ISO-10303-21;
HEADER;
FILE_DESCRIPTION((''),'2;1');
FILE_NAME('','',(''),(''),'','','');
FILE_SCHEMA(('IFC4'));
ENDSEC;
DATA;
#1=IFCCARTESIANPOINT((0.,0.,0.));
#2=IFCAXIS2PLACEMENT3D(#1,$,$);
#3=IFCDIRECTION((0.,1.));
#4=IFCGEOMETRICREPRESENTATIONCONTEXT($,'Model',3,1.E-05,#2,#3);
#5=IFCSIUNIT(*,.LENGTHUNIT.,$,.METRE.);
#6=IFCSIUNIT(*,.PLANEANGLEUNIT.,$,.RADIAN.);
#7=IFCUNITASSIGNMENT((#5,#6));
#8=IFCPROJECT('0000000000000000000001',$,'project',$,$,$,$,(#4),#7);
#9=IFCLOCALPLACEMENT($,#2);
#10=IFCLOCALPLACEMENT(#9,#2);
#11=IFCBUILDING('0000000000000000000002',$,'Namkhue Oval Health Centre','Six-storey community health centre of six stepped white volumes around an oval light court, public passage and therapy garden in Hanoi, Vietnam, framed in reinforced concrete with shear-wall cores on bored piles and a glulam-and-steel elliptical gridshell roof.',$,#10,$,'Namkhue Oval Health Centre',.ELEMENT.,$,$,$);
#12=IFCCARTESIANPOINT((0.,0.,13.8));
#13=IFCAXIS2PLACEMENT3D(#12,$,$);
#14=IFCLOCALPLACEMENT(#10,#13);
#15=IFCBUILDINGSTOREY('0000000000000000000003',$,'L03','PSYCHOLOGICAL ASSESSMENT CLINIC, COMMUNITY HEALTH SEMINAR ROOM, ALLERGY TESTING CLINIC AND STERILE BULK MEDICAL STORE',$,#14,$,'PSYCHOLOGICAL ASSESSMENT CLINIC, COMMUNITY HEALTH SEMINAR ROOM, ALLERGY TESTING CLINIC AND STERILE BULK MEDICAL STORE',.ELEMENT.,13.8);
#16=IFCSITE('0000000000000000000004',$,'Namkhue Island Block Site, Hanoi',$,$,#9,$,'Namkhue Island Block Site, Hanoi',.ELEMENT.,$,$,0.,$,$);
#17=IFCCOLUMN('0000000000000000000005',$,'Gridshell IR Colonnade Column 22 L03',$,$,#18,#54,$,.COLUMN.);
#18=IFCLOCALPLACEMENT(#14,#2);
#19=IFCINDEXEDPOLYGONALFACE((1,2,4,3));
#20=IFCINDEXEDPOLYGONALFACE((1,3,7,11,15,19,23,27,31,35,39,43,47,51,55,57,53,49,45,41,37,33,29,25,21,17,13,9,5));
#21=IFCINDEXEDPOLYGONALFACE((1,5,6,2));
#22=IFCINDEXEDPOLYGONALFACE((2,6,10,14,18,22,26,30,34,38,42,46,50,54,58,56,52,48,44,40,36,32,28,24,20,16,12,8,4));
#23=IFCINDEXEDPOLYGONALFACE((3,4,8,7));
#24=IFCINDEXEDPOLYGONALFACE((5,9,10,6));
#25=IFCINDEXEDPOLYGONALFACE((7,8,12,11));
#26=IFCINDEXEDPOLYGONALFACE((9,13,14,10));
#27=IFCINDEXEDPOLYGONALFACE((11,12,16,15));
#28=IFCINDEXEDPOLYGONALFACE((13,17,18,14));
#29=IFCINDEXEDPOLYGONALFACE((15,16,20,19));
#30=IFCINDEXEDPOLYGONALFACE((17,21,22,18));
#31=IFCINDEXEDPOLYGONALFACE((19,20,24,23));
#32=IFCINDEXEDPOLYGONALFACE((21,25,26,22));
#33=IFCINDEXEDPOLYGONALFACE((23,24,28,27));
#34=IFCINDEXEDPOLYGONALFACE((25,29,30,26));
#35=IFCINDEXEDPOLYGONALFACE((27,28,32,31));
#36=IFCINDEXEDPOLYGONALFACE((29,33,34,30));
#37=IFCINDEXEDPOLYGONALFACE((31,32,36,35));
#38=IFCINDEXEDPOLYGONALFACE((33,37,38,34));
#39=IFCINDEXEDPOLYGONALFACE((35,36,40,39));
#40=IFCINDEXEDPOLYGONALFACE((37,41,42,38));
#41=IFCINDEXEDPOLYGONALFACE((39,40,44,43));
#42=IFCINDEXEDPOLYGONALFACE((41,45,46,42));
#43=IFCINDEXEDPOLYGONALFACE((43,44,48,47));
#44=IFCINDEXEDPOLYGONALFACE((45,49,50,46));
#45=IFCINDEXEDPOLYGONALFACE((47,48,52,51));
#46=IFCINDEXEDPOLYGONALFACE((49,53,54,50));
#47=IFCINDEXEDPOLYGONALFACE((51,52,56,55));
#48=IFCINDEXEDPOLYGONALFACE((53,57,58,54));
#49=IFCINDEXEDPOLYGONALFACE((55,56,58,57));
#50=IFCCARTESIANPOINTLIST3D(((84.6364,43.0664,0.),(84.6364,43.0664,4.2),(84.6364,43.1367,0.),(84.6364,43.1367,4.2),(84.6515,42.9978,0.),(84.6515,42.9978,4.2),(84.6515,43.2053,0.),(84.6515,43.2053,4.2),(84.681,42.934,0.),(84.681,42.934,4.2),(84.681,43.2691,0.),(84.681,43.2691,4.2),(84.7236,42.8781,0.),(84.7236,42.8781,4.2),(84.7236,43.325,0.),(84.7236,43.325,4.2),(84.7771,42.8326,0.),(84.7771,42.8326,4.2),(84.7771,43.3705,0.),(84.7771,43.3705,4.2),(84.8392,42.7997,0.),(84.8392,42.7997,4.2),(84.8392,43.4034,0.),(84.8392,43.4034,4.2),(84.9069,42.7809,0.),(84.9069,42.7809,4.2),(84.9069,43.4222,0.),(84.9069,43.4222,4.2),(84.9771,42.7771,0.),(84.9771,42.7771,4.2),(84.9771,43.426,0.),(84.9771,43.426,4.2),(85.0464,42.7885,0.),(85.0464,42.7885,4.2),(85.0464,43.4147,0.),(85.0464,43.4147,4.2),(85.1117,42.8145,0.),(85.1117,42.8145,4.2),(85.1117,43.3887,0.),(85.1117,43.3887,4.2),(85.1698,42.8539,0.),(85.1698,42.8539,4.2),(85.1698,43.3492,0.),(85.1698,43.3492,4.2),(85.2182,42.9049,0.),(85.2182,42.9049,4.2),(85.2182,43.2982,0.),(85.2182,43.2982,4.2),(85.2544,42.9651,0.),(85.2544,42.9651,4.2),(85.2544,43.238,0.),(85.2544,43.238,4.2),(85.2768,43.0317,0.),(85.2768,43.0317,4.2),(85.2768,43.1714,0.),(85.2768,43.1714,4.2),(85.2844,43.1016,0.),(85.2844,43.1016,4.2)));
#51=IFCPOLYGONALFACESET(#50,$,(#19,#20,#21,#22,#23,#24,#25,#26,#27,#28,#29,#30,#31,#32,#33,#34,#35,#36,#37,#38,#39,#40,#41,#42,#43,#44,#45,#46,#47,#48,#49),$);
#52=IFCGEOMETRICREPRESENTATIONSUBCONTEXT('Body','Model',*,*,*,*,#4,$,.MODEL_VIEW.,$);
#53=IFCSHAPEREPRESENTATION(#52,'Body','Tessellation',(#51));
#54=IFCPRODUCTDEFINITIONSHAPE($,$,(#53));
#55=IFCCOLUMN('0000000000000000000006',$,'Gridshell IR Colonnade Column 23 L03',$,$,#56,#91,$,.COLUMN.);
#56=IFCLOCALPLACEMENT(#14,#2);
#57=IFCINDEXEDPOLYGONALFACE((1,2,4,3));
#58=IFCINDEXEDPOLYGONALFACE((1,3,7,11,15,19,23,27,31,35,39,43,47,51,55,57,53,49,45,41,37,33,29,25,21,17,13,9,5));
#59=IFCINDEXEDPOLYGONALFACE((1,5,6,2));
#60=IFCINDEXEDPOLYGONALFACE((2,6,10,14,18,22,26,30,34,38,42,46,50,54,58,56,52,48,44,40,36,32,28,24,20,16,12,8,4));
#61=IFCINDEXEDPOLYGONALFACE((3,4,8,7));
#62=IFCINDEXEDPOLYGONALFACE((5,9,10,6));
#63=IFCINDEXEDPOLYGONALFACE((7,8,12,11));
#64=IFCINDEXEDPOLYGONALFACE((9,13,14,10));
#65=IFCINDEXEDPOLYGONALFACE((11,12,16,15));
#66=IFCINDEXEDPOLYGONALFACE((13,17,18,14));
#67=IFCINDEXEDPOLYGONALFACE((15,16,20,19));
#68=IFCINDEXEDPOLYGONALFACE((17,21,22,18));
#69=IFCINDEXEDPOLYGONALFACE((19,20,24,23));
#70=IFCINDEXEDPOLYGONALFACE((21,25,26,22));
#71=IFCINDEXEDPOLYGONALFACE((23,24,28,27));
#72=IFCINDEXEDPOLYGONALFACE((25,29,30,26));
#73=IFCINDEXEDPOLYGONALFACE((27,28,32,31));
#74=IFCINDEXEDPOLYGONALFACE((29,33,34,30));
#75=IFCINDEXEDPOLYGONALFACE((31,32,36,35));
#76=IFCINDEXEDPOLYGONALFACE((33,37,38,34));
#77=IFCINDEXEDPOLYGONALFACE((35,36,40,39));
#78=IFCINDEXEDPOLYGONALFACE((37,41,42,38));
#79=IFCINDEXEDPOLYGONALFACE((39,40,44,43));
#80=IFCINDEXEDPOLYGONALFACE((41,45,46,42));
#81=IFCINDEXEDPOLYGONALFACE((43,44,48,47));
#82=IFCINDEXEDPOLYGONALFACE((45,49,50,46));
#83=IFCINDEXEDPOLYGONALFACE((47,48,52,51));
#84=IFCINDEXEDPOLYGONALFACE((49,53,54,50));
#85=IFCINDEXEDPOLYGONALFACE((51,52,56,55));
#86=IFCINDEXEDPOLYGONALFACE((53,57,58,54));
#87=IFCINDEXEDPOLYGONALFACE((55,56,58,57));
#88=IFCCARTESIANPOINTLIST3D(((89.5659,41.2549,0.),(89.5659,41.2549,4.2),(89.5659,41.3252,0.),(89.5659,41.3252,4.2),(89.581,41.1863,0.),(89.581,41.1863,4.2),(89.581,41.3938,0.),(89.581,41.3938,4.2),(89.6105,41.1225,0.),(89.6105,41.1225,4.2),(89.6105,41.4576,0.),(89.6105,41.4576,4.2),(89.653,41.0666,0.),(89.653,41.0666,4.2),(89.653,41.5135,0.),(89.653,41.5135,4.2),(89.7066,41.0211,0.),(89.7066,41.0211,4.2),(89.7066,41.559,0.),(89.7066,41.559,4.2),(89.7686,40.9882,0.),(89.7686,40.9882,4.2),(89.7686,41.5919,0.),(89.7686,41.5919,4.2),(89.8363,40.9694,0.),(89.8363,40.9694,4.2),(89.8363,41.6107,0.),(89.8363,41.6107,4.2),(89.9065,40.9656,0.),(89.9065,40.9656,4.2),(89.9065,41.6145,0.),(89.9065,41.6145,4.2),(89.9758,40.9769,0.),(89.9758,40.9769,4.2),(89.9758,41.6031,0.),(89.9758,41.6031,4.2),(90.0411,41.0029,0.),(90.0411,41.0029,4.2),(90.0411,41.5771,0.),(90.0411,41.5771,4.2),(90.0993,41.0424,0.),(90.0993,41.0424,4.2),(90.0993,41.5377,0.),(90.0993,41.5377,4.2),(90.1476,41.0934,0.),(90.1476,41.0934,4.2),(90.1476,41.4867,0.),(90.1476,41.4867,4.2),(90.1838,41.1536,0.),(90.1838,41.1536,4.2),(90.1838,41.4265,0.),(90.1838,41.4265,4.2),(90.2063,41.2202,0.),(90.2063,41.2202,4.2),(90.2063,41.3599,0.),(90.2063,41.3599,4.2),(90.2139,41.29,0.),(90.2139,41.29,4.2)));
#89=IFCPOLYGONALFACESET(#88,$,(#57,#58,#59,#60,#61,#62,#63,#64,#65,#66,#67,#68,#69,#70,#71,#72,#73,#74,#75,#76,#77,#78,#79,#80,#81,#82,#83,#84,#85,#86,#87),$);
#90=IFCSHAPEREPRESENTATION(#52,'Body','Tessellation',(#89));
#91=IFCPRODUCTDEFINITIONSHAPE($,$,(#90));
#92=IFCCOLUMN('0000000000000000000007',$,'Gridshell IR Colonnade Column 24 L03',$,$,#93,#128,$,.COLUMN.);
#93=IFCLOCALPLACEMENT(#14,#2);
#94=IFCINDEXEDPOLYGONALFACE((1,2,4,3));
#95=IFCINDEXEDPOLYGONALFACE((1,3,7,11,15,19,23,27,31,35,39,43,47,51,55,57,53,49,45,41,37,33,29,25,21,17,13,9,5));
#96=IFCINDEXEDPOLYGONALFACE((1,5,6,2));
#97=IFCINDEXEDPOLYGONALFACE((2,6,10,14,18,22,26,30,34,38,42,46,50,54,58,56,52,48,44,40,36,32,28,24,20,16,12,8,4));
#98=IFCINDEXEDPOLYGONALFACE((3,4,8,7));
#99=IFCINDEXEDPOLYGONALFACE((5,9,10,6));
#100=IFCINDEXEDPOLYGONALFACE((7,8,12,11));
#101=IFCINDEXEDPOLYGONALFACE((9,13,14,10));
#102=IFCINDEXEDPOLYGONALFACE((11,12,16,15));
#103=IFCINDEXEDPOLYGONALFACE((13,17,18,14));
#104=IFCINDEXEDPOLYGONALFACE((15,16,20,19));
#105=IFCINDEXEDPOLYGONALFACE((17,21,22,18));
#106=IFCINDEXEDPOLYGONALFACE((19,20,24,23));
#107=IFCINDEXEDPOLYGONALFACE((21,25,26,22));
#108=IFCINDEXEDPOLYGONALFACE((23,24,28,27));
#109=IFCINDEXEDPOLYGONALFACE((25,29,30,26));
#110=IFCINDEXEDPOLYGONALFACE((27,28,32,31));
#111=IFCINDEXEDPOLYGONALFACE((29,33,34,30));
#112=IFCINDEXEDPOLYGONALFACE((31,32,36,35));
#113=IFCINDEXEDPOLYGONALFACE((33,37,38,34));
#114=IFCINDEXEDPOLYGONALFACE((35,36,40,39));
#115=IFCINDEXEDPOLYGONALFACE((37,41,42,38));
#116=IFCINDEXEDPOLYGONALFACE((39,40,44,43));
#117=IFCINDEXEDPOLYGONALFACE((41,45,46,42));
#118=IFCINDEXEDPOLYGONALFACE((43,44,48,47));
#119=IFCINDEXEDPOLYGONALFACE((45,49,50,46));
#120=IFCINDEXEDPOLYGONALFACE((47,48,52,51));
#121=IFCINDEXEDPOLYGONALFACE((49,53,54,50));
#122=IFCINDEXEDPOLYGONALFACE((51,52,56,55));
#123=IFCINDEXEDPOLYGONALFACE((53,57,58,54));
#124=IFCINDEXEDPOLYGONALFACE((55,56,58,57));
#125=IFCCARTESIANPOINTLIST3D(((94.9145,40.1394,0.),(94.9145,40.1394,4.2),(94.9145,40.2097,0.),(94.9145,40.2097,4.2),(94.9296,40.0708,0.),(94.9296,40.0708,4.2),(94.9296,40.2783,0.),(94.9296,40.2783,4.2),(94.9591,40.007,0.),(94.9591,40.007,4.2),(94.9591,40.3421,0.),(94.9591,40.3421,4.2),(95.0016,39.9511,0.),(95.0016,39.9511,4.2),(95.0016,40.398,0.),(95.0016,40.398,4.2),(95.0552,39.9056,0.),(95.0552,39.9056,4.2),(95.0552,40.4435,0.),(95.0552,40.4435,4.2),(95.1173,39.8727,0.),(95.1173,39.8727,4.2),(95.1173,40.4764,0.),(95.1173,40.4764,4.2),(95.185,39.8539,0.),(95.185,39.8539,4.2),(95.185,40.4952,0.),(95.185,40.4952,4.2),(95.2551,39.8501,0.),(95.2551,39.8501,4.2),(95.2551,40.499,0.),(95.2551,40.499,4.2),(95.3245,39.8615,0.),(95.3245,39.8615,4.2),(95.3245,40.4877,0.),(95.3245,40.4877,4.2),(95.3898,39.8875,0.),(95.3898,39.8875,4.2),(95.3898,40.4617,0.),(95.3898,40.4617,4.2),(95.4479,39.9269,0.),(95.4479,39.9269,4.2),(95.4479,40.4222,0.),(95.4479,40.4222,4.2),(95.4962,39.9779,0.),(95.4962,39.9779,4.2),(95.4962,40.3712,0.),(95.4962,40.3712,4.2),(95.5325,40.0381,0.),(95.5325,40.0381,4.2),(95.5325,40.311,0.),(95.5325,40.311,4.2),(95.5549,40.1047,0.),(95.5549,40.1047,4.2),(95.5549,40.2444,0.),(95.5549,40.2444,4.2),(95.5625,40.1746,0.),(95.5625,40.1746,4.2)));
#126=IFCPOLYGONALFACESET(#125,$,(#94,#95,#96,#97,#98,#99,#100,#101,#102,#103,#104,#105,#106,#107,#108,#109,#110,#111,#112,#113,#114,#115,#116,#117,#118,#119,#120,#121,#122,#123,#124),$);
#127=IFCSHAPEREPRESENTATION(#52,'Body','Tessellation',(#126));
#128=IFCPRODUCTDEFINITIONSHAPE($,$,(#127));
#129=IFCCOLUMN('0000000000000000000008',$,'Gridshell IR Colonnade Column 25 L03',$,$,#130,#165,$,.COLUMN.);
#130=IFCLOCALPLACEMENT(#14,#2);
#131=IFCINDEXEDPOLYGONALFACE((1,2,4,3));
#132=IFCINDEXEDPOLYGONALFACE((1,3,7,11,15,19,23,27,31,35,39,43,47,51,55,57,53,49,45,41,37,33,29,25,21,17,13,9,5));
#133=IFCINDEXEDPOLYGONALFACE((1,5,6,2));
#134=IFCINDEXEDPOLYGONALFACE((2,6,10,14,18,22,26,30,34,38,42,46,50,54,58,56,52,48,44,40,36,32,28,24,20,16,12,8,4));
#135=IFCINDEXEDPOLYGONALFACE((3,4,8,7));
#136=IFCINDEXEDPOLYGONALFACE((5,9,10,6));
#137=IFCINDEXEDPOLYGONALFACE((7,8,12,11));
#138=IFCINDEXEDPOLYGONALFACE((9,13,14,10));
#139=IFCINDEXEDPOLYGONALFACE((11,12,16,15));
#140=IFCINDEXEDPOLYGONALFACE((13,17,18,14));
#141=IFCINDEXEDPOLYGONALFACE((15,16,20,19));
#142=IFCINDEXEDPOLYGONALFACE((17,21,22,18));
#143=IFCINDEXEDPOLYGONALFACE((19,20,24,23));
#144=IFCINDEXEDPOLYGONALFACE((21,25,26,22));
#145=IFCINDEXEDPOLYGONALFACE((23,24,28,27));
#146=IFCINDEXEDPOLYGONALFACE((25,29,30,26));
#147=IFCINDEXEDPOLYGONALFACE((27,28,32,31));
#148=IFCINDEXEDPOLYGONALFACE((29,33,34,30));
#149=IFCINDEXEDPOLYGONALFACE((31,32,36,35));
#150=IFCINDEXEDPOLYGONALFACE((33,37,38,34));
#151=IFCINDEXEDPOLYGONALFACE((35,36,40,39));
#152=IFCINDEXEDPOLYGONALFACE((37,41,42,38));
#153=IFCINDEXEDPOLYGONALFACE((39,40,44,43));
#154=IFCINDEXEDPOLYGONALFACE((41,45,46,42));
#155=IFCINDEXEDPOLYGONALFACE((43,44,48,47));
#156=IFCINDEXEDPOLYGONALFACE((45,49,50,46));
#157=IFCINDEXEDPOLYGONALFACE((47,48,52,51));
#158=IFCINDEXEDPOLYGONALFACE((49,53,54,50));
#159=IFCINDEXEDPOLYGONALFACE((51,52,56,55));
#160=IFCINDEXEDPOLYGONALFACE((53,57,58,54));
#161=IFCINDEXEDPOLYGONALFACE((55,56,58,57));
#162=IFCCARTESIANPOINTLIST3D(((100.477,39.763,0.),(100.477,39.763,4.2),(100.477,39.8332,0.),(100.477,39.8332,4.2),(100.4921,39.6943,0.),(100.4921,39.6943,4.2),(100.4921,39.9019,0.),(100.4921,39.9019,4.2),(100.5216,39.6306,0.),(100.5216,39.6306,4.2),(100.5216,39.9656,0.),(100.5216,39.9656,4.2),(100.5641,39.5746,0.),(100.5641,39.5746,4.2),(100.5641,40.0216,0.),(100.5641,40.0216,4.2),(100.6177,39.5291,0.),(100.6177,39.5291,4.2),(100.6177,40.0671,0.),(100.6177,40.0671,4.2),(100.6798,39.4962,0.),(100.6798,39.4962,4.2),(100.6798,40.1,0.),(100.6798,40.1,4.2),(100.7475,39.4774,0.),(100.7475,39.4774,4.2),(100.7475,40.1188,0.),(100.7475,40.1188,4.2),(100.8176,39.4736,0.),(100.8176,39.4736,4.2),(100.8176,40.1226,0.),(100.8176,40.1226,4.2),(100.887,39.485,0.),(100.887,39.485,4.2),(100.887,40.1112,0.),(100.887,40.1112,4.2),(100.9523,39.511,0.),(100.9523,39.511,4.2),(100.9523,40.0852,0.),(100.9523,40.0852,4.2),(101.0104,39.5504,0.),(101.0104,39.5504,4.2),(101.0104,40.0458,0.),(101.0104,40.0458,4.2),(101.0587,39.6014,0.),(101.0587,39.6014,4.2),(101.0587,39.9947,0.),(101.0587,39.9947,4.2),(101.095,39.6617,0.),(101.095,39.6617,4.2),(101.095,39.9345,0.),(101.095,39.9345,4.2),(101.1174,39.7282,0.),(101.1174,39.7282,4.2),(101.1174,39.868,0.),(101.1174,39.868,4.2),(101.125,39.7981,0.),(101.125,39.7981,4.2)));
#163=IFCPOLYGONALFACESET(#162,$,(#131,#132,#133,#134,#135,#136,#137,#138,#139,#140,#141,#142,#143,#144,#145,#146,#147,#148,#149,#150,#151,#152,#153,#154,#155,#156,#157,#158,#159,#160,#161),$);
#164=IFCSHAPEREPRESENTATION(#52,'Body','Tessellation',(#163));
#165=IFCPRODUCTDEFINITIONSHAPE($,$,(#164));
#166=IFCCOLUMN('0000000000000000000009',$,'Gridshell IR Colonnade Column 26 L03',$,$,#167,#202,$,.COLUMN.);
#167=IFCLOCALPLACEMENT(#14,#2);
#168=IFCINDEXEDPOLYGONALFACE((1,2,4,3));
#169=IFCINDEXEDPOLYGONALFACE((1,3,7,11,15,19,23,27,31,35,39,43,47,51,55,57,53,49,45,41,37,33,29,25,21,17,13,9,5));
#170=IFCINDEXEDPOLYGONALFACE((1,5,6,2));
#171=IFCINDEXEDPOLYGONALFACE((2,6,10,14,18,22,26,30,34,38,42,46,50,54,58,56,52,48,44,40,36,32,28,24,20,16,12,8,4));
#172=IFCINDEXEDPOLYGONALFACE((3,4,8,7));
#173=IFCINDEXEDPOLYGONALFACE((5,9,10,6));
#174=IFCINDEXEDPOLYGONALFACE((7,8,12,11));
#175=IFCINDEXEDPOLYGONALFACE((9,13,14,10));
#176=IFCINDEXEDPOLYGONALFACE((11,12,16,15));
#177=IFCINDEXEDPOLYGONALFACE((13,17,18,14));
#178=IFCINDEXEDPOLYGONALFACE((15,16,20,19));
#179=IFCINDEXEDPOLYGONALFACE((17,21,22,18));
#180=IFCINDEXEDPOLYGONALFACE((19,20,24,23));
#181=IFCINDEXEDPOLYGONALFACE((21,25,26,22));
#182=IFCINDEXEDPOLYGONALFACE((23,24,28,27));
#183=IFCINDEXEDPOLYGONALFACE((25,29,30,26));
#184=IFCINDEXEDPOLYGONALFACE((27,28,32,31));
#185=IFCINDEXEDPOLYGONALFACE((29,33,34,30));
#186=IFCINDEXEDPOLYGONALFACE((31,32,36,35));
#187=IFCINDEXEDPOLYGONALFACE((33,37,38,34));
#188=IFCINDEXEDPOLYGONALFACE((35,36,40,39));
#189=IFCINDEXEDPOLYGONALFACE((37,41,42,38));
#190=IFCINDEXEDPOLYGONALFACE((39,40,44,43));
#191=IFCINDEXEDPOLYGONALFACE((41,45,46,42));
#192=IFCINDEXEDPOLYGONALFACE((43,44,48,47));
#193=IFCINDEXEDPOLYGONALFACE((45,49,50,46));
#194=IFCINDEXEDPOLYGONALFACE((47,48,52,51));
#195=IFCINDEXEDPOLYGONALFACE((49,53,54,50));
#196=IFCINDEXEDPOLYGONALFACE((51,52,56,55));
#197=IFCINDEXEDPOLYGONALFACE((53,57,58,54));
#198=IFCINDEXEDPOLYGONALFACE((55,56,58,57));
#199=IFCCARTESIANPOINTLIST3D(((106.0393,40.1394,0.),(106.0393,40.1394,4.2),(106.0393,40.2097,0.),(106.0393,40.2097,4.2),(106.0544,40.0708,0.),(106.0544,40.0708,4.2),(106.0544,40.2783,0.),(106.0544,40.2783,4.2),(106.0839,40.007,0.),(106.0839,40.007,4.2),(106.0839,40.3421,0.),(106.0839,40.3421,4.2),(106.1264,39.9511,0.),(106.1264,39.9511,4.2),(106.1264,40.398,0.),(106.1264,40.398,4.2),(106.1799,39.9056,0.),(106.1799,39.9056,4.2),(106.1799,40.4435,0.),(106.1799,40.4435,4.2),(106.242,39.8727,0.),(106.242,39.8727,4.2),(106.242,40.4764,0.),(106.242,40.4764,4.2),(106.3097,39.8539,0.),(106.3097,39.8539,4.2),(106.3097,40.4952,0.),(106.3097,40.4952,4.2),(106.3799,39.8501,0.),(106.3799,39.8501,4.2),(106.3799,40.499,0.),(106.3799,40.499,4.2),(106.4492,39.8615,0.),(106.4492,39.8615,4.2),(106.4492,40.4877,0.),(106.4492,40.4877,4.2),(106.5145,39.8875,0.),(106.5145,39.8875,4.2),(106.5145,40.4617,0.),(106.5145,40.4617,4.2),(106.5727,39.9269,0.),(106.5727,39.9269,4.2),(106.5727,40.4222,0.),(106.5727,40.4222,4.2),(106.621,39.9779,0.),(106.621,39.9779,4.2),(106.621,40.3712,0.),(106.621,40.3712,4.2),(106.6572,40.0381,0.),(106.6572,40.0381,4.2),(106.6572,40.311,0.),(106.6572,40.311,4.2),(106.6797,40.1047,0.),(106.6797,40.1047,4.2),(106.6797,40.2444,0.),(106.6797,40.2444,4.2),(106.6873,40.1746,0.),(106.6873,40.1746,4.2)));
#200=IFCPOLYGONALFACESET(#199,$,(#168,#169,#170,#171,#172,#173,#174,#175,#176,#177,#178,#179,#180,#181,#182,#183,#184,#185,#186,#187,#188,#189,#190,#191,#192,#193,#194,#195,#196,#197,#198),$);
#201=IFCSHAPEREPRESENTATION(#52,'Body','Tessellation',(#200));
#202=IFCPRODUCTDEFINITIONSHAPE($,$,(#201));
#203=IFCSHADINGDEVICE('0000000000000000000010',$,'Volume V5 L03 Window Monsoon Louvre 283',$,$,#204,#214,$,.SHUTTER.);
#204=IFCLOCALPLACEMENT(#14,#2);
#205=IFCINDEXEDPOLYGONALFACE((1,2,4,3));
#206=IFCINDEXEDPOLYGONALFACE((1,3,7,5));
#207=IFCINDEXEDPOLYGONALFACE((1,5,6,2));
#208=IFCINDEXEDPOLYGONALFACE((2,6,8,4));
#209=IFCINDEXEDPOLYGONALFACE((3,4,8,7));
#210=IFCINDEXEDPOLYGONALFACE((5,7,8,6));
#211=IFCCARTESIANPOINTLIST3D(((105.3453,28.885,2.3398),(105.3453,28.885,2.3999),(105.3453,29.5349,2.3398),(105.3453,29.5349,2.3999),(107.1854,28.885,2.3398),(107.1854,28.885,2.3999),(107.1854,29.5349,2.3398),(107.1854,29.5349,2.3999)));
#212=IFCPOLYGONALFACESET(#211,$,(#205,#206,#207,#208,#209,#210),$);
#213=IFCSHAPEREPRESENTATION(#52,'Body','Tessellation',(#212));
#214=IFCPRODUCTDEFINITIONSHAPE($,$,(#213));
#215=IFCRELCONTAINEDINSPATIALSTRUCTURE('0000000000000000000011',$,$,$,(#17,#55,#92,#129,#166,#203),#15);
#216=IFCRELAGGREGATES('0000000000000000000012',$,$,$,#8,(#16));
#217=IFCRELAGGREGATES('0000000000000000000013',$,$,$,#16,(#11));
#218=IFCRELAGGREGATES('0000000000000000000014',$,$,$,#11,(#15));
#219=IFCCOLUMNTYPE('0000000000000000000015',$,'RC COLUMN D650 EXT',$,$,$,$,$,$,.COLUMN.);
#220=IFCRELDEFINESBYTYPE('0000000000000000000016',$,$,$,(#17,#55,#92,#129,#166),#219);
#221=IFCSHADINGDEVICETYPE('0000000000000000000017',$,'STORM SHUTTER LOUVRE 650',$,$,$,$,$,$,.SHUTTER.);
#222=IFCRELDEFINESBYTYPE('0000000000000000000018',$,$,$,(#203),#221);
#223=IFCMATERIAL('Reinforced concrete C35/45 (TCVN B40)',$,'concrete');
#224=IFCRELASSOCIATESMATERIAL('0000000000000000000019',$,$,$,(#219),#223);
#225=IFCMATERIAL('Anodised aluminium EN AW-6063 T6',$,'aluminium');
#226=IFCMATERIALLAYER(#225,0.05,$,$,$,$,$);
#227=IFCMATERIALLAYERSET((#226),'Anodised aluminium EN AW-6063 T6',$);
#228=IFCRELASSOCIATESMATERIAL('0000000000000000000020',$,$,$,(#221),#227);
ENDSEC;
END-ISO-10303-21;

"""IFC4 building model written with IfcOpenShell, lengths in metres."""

from ifc_helpers import new_model, si_unit, direction, frame, origin, origin_2d, place, context, subcontext, project, spatial, rectangle, circle, extrude, material, layer, layer_set, material_profile, profile_set, type_object, element, save


model = new_model("IFC4")

# Units and contexts
model_context = context("Model", 3, precision=1e-05, world=origin(), true_north=direction((0.0, 1.0)))
body_context = subcontext(model_context, "Body", "Model", "MODEL_VIEW")
ifc_project = project(units=[si_unit("LENGTHUNIT", "METRE"), si_unit("PLANEANGLEUNIT", "RADIAN")], contexts=[model_context])

# Site, building, storey
site_placement = place(None, origin())
site = spatial("IfcSite", under=ifc_project, at=site_placement, Name="Namkhue Island Block Site, Hanoi", LongName="Namkhue Island Block Site, Hanoi", CompositionType="ELEMENT", RefElevation=0.0)
building_placement = place(site_placement, origin())
building = spatial("IfcBuilding", under=site, at=building_placement, Name="Namkhue Oval Health Centre", Description="Six-storey community health centre of six stepped white volumes around an oval light court, public passage and therapy garden in Hanoi, Vietnam, framed in reinforced concrete with shear-wall cores on bored piles and a glulam-and-steel elliptical gridshell roof.", LongName="Namkhue Oval Health Centre", CompositionType="ELEMENT")
storey_placement = place(building_placement, frame((0.0, 0.0, 13.8)))
storey = spatial("IfcBuildingStorey", under=building, at=storey_placement, Name="L03", Description="PSYCHOLOGICAL ASSESSMENT CLINIC, COMMUNITY HEALTH SEMINAR ROOM, ALLERGY TESTING CLINIC AND STERILE BULK MEDICAL STORE", LongName="PSYCHOLOGICAL ASSESSMENT CLINIC, COMMUNITY HEALTH SEMINAR ROOM, ALLERGY TESTING CLINIC AND STERILE BULK MEDICAL STORE", CompositionType="ELEMENT", Elevation=13.8)

# Columns
ifc_material_1 = material(Name="Reinforced concrete C35/45 (TCVN B40)", Category="concrete")
ifc_material_profile = material_profile(ifc_material_1, circle(Radius=0.325, at=origin_2d()), Name="RC D650")
ifc_profile_set = profile_set([ifc_material_profile], Name="Reinforced concrete C35/45 (TCVN B40)")
column_type = type_object("IfcColumnType", Name="RC COLUMN D650 EXT", PredefinedType="COLUMN", material=ifc_profile_set)
for number, where, z_axis, x_axis, name in (
    (1, (84.9595, 43.1016, 0.0), (0.0, 0.0, 1.0), (1.0, 0.0, 0.0), "Gridshell IR Colonnade Column 22 L03"),
    (2, (89.8889, 41.29, 0.0), (0.0, 0.0, 1.0), (1.0, 0.0, 0.0), "Gridshell IR Colonnade Column 23 L03"),
    (3, (95.2375, 40.1746, 0.0), (0.0, 0.0, 1.0), (1.0, 0.0, 0.0), "Gridshell IR Colonnade Column 24 L03"),
    (4, (100.8, 39.7981, 0.0), (0.0, 0.0, 1.0), (1.0, 0.0, 0.0), "Gridshell IR Colonnade Column 25 L03"),
    (5, (106.3623, 40.1746, 0.0), (0.0, 0.0, 1.0), (1.0, 0.0, 0.0), "Gridshell IR Colonnade Column 26 L03"),
):
    element("IfcColumn", number, at=place(storey_placement, frame(where, z_axis=z_axis, x_axis=x_axis)), inside=storey, type_object=column_type, Name=name, PredefinedType="COLUMN", context=body_context, shape_type="SweptSolid", body=[
        extrude(circle(Radius=0.325, at=origin_2d()), origin(), (0.0, 0.0, 1.0), 4.2),
    ])

# Shading device
ifc_material_2 = material(Name="Anodised aluminium EN AW-6063 T6", Category="aluminium")
ifc_layer_1 = layer(ifc_material_2, 0.05)
ifc_layer_set_1 = layer_set([ifc_layer_1], Name="Anodised aluminium EN AW-6063 T6")
shading_device_type = type_object("IfcShadingDeviceType", Name="STORM SHUTTER LOUVRE 650", PredefinedType="SHUTTER", material=ifc_layer_set_1)
shading_device_placement = place(storey_placement, frame((106.2654, 29.21, 2.3398), z_axis=(0.0, 0.0, 1.0), x_axis=(-1.0, 0.0, 0.0)))
element("IfcShadingDevice", 6, at=shading_device_placement, inside=storey, type_object=shading_device_type, Name="Volume V5 L03 Window Monsoon Louvre 283", PredefinedType="SHUTTER", context=body_context, shape_type="SweptSolid", body=[
    extrude(rectangle(XDim=1.8401, YDim=0.6499, at=origin_2d()), origin(), (0.0, 0.0, 1.0), 0.0601),
])

save(model, "model.ifc")
